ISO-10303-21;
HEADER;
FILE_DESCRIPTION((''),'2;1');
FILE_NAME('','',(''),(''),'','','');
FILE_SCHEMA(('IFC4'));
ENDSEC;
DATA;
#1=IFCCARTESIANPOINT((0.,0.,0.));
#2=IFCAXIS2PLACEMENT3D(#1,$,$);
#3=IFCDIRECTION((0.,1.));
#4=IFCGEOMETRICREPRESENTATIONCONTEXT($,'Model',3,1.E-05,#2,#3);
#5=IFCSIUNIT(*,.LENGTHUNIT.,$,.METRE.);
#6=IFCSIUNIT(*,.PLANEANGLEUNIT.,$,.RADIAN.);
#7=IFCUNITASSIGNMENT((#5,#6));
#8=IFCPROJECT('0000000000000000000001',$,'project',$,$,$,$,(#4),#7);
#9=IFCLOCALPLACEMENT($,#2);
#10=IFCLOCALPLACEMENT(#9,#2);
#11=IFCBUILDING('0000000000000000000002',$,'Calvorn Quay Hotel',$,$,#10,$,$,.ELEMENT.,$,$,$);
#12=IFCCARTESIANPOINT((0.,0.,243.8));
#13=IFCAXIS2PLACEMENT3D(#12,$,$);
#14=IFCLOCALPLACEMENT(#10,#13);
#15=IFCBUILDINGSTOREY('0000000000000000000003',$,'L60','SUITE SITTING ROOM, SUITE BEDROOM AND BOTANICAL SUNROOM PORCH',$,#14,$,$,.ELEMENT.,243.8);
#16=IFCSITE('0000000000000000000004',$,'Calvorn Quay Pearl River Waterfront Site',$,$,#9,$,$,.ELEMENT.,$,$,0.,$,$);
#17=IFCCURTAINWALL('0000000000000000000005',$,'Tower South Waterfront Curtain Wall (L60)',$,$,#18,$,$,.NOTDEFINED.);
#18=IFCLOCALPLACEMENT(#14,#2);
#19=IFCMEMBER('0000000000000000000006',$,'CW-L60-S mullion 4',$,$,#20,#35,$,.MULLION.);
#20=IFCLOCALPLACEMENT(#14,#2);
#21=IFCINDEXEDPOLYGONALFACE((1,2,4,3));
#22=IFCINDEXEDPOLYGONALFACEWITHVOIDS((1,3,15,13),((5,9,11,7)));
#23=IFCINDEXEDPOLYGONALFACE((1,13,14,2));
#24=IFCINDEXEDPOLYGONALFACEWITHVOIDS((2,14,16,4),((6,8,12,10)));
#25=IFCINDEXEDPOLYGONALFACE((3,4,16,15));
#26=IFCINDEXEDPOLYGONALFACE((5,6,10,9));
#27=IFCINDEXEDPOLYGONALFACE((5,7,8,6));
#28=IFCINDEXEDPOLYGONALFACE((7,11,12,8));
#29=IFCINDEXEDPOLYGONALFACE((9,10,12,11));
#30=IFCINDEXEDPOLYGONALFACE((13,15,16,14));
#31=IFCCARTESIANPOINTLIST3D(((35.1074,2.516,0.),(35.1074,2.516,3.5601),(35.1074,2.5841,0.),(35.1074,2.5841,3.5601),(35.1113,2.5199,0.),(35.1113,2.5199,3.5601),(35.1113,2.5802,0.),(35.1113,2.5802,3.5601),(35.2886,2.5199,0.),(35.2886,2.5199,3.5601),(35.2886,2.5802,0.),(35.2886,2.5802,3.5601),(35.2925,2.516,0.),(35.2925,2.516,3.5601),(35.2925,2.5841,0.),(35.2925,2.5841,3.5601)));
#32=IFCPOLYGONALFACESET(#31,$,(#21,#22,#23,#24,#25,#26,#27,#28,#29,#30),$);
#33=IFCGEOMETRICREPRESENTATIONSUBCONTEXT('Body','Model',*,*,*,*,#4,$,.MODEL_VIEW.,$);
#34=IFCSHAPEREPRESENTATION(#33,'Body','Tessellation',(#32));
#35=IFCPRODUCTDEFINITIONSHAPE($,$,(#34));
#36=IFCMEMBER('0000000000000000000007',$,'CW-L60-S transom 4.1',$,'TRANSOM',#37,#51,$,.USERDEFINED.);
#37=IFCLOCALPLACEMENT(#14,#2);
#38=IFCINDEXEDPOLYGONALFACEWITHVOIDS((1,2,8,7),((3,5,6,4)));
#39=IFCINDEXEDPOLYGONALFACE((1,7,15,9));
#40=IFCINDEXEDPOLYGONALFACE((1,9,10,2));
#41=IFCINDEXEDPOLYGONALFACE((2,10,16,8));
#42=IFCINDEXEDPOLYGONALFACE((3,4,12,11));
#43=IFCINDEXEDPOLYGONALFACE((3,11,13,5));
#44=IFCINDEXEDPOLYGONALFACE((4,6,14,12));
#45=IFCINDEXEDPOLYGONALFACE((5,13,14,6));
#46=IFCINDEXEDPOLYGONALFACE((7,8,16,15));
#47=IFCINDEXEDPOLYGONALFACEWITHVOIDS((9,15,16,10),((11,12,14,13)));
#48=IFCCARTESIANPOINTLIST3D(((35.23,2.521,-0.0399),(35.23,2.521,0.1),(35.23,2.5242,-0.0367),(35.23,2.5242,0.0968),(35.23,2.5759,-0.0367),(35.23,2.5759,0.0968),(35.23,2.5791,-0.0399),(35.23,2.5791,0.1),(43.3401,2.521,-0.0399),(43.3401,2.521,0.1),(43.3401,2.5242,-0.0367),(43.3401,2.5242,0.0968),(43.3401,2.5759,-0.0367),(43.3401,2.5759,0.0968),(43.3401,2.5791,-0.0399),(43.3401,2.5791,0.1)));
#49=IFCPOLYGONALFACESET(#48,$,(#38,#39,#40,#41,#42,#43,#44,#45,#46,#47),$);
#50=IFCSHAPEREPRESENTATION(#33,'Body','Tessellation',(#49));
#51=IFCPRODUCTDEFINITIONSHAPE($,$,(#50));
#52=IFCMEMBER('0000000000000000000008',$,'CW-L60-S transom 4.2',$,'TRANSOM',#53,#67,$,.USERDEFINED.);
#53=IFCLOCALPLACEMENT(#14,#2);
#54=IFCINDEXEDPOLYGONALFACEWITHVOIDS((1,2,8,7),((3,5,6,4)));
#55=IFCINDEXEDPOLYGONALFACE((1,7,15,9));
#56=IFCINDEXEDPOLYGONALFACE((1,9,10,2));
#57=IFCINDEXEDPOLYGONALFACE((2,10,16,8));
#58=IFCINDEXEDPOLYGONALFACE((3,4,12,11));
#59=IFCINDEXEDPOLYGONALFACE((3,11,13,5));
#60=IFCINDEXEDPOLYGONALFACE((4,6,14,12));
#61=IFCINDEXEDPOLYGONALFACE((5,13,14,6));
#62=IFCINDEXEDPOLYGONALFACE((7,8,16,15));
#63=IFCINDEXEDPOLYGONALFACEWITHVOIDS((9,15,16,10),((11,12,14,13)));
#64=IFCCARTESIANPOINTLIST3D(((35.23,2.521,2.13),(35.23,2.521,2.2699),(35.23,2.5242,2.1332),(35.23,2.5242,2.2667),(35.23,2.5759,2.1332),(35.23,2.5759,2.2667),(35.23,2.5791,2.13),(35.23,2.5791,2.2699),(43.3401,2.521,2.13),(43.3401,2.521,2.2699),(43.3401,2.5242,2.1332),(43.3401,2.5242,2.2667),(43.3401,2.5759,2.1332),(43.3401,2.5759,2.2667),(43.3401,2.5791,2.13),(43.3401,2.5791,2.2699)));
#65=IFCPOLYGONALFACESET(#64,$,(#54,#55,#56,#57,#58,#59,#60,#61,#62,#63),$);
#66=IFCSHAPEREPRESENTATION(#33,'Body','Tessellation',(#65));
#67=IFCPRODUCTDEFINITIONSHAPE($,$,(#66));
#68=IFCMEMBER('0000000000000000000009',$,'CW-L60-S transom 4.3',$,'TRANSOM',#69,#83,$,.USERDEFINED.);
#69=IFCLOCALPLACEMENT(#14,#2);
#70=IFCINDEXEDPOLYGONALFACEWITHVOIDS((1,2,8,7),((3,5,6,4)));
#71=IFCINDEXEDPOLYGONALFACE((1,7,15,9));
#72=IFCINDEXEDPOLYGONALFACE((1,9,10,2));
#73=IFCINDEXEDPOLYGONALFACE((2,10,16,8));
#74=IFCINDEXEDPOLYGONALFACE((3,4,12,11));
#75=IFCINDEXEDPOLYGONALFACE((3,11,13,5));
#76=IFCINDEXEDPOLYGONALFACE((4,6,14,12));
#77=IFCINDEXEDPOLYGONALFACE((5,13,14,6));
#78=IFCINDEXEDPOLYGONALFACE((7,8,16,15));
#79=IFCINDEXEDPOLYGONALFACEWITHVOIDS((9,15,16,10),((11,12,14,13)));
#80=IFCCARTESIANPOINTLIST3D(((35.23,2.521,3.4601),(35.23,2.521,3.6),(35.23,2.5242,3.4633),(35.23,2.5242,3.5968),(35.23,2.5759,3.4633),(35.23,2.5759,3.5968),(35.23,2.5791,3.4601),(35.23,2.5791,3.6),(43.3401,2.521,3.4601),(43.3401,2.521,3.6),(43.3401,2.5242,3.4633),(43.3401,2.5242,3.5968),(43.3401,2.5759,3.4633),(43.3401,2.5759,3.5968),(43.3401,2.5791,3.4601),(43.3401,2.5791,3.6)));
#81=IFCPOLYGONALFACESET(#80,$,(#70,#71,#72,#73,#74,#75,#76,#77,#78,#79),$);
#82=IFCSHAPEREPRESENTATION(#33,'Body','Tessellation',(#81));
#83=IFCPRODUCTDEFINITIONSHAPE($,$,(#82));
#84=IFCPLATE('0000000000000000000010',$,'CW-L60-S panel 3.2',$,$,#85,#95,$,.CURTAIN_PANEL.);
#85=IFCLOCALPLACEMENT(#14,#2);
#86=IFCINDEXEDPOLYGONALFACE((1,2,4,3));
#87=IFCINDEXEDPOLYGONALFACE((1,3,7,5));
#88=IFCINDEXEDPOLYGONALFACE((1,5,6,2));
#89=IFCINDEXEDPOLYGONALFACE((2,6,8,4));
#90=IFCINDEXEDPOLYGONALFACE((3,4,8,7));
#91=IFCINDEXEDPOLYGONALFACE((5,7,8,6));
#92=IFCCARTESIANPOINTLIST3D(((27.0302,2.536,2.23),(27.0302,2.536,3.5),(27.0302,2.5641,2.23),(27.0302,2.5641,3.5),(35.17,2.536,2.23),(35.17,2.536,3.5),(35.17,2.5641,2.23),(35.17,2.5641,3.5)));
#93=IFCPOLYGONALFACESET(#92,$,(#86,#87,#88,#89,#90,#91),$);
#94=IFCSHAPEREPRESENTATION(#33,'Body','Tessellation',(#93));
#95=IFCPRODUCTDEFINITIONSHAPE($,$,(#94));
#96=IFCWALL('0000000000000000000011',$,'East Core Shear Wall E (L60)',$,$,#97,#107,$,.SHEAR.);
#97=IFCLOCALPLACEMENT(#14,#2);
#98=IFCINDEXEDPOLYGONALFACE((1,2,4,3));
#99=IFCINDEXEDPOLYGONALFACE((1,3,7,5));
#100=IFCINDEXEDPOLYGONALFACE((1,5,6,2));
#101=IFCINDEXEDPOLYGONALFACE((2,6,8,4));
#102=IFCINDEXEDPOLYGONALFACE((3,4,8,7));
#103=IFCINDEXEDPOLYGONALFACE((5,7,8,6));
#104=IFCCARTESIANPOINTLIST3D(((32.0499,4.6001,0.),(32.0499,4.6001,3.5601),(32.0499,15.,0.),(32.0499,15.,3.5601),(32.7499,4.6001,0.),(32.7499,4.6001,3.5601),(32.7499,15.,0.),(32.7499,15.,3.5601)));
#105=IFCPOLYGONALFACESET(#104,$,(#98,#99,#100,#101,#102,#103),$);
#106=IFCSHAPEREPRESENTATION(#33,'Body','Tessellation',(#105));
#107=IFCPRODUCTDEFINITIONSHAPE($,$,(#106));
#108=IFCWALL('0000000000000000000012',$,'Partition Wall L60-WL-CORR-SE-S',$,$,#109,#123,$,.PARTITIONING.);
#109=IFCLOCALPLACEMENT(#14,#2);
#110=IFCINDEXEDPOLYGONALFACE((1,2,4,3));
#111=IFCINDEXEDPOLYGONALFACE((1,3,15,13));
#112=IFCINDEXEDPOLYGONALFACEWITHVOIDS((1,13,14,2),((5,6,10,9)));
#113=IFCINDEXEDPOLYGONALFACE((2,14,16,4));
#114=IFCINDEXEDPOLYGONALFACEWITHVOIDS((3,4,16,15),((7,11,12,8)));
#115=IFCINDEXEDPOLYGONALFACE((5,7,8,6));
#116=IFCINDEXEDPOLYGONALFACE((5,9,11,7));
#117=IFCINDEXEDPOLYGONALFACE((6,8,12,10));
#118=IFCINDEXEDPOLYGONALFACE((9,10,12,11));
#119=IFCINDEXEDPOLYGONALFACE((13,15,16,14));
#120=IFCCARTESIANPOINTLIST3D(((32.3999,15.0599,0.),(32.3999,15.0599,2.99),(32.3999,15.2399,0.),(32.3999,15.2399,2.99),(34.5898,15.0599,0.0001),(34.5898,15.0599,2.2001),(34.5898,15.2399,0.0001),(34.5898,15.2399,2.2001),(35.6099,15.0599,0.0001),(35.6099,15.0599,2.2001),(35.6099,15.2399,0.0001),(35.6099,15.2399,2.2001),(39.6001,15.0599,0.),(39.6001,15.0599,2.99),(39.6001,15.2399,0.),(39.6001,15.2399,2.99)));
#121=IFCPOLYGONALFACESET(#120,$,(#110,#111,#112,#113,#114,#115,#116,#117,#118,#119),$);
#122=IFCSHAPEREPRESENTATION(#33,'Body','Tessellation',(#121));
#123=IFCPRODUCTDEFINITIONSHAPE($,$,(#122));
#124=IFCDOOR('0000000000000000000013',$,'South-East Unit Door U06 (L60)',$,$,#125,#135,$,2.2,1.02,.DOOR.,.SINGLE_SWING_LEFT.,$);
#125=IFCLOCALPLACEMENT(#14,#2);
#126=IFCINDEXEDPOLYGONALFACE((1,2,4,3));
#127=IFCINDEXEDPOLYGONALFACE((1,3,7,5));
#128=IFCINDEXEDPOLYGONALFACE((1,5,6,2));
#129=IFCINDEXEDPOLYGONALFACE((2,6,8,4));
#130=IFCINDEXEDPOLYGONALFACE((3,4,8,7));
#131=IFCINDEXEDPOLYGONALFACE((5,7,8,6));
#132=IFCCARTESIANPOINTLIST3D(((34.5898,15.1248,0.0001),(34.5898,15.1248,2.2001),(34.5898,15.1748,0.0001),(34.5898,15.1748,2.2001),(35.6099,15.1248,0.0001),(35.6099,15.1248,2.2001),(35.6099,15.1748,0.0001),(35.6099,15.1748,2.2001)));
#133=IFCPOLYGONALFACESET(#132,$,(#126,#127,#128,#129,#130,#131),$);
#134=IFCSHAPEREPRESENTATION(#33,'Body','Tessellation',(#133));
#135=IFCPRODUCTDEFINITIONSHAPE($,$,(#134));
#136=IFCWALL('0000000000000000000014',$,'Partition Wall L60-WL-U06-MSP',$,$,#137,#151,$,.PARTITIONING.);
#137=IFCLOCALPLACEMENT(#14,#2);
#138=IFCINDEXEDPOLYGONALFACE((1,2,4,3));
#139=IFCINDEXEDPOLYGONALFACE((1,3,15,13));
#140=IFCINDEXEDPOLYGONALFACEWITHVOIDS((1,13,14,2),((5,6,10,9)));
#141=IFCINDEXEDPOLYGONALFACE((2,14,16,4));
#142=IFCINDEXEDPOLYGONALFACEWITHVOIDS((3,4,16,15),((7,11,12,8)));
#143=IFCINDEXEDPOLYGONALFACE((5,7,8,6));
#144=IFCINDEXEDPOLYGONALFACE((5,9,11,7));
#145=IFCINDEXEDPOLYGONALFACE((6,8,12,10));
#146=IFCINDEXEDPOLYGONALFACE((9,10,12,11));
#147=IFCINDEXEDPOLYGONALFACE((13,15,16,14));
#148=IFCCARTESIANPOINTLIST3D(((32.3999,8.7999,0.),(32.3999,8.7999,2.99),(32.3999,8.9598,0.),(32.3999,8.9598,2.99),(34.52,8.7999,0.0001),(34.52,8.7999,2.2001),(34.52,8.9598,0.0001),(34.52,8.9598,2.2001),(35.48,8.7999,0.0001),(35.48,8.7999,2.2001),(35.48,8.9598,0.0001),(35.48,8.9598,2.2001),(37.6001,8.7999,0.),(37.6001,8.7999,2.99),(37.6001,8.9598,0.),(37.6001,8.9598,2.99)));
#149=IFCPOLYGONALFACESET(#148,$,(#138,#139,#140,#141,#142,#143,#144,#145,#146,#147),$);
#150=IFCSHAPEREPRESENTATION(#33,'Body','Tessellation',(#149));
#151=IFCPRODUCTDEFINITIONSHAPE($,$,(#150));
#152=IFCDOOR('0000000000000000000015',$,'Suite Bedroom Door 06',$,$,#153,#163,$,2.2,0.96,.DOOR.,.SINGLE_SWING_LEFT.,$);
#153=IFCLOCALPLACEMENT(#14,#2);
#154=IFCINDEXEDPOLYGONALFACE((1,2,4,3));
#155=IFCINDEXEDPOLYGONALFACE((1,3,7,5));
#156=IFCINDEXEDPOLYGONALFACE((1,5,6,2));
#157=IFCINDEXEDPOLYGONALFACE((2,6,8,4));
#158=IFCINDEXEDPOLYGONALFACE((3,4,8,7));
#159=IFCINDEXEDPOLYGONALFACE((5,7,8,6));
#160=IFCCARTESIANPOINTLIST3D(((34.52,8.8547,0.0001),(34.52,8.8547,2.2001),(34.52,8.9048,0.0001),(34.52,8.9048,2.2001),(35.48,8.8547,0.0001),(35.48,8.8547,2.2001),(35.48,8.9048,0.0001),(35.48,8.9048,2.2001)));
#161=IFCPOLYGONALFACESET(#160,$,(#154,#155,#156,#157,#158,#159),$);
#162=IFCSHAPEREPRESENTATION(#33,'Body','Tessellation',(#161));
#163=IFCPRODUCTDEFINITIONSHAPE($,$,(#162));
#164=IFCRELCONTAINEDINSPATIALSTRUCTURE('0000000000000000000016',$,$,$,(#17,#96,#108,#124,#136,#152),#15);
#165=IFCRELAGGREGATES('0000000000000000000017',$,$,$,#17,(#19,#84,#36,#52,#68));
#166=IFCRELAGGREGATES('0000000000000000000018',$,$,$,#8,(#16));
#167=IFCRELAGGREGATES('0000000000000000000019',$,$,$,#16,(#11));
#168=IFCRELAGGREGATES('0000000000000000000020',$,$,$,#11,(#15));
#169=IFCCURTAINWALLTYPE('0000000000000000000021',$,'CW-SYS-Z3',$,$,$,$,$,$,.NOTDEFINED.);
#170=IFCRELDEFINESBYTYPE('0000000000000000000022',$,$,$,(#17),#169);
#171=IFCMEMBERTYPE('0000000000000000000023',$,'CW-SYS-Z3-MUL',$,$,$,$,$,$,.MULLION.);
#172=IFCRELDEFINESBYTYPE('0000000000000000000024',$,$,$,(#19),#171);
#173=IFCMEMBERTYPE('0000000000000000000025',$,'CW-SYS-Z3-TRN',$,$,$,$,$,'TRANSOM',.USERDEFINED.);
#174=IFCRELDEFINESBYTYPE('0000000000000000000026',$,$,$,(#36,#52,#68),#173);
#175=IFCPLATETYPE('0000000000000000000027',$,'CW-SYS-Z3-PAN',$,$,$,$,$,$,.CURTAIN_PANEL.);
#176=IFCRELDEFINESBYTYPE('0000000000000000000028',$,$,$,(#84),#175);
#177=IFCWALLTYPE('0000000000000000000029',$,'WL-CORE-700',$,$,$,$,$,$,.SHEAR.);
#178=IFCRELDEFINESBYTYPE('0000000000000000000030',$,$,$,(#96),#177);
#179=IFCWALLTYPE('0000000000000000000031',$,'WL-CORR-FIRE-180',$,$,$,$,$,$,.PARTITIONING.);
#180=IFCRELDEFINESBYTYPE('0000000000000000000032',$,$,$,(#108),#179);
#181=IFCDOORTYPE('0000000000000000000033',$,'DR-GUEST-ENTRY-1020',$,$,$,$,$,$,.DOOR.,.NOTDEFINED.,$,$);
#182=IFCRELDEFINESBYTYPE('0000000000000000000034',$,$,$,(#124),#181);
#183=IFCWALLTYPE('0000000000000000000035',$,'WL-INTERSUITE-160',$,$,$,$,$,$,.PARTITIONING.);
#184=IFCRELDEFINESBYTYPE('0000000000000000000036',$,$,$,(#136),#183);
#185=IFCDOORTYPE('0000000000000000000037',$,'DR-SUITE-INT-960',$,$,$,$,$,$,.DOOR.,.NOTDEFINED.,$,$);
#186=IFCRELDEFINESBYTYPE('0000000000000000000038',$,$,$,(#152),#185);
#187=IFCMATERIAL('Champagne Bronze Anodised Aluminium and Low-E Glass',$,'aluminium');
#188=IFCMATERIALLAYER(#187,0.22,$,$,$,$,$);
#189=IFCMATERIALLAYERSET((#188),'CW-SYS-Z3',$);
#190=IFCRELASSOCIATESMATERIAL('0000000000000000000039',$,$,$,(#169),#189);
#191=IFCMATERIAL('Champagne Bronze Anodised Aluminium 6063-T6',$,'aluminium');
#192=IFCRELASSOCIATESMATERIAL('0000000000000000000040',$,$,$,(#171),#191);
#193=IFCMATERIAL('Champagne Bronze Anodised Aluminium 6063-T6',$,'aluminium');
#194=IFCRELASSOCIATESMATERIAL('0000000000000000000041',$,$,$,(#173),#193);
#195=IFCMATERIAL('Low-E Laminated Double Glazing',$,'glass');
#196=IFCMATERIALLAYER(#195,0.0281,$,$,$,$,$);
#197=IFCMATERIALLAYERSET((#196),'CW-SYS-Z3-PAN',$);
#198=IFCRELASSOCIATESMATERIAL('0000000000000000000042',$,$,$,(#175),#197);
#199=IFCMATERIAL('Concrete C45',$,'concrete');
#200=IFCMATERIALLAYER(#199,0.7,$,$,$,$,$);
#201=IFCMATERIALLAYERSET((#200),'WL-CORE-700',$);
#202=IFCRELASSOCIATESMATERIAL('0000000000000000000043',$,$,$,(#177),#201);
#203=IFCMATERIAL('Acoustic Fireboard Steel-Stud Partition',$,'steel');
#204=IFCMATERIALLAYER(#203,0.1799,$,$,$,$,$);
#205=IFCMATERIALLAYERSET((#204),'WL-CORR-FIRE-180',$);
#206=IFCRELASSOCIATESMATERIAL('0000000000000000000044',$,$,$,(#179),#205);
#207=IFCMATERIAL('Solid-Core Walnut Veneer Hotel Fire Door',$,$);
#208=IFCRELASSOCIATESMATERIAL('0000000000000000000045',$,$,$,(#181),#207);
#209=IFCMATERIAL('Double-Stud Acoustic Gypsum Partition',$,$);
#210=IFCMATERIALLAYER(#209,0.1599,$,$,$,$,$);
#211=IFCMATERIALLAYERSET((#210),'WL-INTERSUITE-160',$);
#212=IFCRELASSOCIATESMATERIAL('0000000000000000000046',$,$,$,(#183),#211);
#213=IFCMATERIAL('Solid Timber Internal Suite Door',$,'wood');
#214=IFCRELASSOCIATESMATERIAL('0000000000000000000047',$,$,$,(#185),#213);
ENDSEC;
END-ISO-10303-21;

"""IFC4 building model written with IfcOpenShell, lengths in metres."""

from ifc_helpers import new_model, si_unit, direction, frame, frame_2d, origin, origin_2d, place, context, subcontext, project, spatial, rectangle, hollow_rectangle, extrude, material, layer, layer_set, material_profile, profile_set, type_object, element, fill, aggregate, save


model = new_model("IFC4")

# Units and contexts
model_context = context("Model", 3, precision=1e-05, world=origin(), true_north=direction((0.0, 1.0)))
body_context = subcontext(model_context, "Body", "Model", "MODEL_VIEW")
ifc_project = project(units=[si_unit("LENGTHUNIT", "METRE"), si_unit("PLANEANGLEUNIT", "RADIAN")], contexts=[model_context])

# Site, building, storey
site_placement = place(None, origin())
site = spatial("IfcSite", under=ifc_project, at=site_placement, Name="Calvorn Quay Pearl River Waterfront Site", CompositionType="ELEMENT", RefElevation=0.0)
building_placement = place(site_placement, origin())
building = spatial("IfcBuilding", under=site, at=building_placement, Name="Calvorn Quay Hotel", CompositionType="ELEMENT")
storey_placement = place(building_placement, frame((0.0, 0.0, 243.8)))
storey = spatial("IfcBuildingStorey", under=building, at=storey_placement, Name="L60", Description="SUITE SITTING ROOM, SUITE BEDROOM AND BOTANICAL SUNROOM PORCH", CompositionType="ELEMENT", Elevation=243.8)

# Curtain wall, members, plate
ifc_material_1 = material(Name="Champagne Bronze Anodised Aluminium and Low-E Glass", Category="aluminium")
ifc_layer_1 = layer(ifc_material_1, 0.22)
ifc_layer_set_1 = layer_set([ifc_layer_1], Name="CW-SYS-Z3")
curtain_wall_type = type_object("IfcCurtainWallType", Name="CW-SYS-Z3", PredefinedType="NOTDEFINED", material=ifc_layer_set_1)
curtain_wall_placement = place(storey_placement, origin())
curtain_wall = element("IfcCurtainWall", 1, at=curtain_wall_placement, inside=storey, type_object=curtain_wall_type, Name="Tower South Waterfront Curtain Wall (L60)", PredefinedType="NOTDEFINED")
ifc_material_2 = material(Name="Champagne Bronze Anodised Aluminium 6063-T6", Category="aluminium")
ifc_material_profile_1 = material_profile(ifc_material_2, hollow_rectangle(XDim=0.0681, YDim=0.1851, WallThickness=0.0039, at=origin_2d()), Name="ALU-M185x68x4")
ifc_profile_set_1 = profile_set([ifc_material_profile_1], Name="Champagne Bronze Anodised Aluminium 6063-T6")
member_type_1 = type_object("IfcMemberType", Name="CW-SYS-Z3-MUL", PredefinedType="MULLION", material=ifc_profile_set_1)
member_1_placement = place(storey_placement, frame((35.2, 2.55, 0.0), z_axis=(0.0, 0.0, 1.0), x_axis=(0.0, 1.0, 0.0)))
member_1 = element("IfcMember", 2, at=member_1_placement, type_object=member_type_1, Name="CW-L60-S mullion 4", PredefinedType="MULLION", context=body_context, shape_type="SweptSolid", body=[
    extrude(hollow_rectangle(XDim=0.0681, YDim=0.1851, WallThickness=0.0039, at=origin_2d()), origin(), (0.0, 0.0, 1.0), 3.5601),
])
ifc_material_3 = material(Name="Champagne Bronze Anodised Aluminium 6063-T6", Category="aluminium")
ifc_material_profile_2 = material_profile(ifc_material_3, hollow_rectangle(XDim=0.0581, YDim=0.1399, WallThickness=0.0032, at=origin_2d()), Name="ALU-T140x58x3.2")
ifc_profile_set_2 = profile_set([ifc_material_profile_2], Name="Champagne Bronze Anodised Aluminium 6063-T6")
member_type_2 = type_object("IfcMemberType", Name="CW-SYS-Z3-TRN", ElementType="TRANSOM", PredefinedType="USERDEFINED", material=ifc_profile_set_2)
member_2_placement = place(storey_placement, frame((35.23, 2.55, 0.03), z_axis=(1.0, 0.0, 0.0), x_axis=(0.0, 1.0, 0.0)))
member_2 = element("IfcMember", 3, at=member_2_placement, type_object=member_type_2, Name="CW-L60-S transom 4.1", ObjectType="TRANSOM", PredefinedType="USERDEFINED", context=body_context, shape_type="SweptSolid", body=[
    extrude(hollow_rectangle(XDim=0.0581, YDim=0.1399, WallThickness=0.0032, at=origin_2d()), origin(), (0.0, 0.0, 1.0), 8.1101),
])
member_3_placement = place(storey_placement, frame((35.23, 2.55, 2.2), z_axis=(1.0, 0.0, 0.0), x_axis=(0.0, 1.0, 0.0)))
member_3 = element("IfcMember", 4, at=member_3_placement, type_object=member_type_2, Name="CW-L60-S transom 4.2", ObjectType="TRANSOM", PredefinedType="USERDEFINED", context=body_context, shape_type="SweptSolid", body=[
    extrude(hollow_rectangle(XDim=0.0581, YDim=0.1399, WallThickness=0.0032, at=origin_2d()), origin(), (0.0, 0.0, 1.0), 8.1101),
])
member_4_placement = place(storey_placement, frame((35.23, 2.55, 3.53), z_axis=(1.0, 0.0, 0.0), x_axis=(0.0, 1.0, 0.0)))
member_4 = element("IfcMember", 5, at=member_4_placement, type_object=member_type_2, Name="CW-L60-S transom 4.3", ObjectType="TRANSOM", PredefinedType="USERDEFINED", context=body_context, shape_type="SweptSolid", body=[
    extrude(hollow_rectangle(XDim=0.0581, YDim=0.1399, WallThickness=0.0032, at=origin_2d()), origin(), (0.0, 0.0, 1.0), 8.1101),
])
ifc_material_4 = material(Name="Low-E Laminated Double Glazing", Category="glass")
ifc_layer_2 = layer(ifc_material_4, 0.0281)
ifc_layer_set_2 = layer_set([ifc_layer_2], Name="CW-SYS-Z3-PAN")
plate_type = type_object("IfcPlateType", Name="CW-SYS-Z3-PAN", PredefinedType="CURTAIN_PANEL", material=ifc_layer_set_2)
plate_placement = place(storey_placement, frame((31.1001, 2.55, 2.23), z_axis=(0.0, 0.0, 1.0), x_axis=(1.0, 0.0, 0.0)))
plate = element("IfcPlate", 6, at=plate_placement, type_object=plate_type, Name="CW-L60-S panel 3.2", PredefinedType="CURTAIN_PANEL", context=body_context, shape_type="SweptSolid", body=[
    extrude(rectangle(XDim=8.1399, YDim=0.0281, at=origin_2d()), origin(), (0.0, 0.0, 1.0), 1.27),
])
aggregate(curtain_wall, [member_1, plate, member_2, member_3, member_4])

# Wall
ifc_material_5 = material(Name="Concrete C45", Category="concrete")
ifc_layer_3 = layer(ifc_material_5, 0.7)
ifc_layer_set_3 = layer_set([ifc_layer_3], Name="WL-CORE-700")
wall_type_1 = type_object("IfcWallType", Name="WL-CORE-700", PredefinedType="SHEAR", material=ifc_layer_set_3)
wall_1_placement = place(storey_placement, frame((32.3999, 4.6001, 0.0), z_axis=(0.0, 0.0, 1.0), x_axis=(0.0, 1.0, 0.0)))
element("IfcWall", 7, at=wall_1_placement, inside=storey, type_object=wall_type_1, Name="East Core Shear Wall E (L60)", PredefinedType="SHEAR", context=body_context, shape_type="SweptSolid", body=[
    extrude(rectangle(XDim=10.3999, YDim=0.7, at=frame_2d((5.2, 0.0))), origin(), (0.0, 0.0, 1.0), 3.5601),
])

# Walls, openings, doors
ifc_material_6 = material(Name="Acoustic Fireboard Steel-Stud Partition", Category="steel")
ifc_layer_4 = layer(ifc_material_6, 0.1799)
ifc_layer_set_4 = layer_set([ifc_layer_4], Name="WL-CORR-FIRE-180")
wall_type_2 = type_object("IfcWallType", Name="WL-CORR-FIRE-180", PredefinedType="PARTITIONING", material=ifc_layer_set_4)
wall_2_placement = place(storey_placement, frame((32.3999, 15.1499, 0.0), z_axis=(0.0, 0.0, 1.0), x_axis=(1.0, 0.0, 0.0)))
wall_2 = element("IfcWall", 8, at=wall_2_placement, inside=storey, type_object=wall_type_2, Name="Partition Wall L60-WL-CORR-SE-S", PredefinedType="PARTITIONING", context=body_context, shape_type="SweptSolid", body=[
    extrude(rectangle(XDim=7.2002, YDim=0.1799, at=frame_2d((3.6001, 0.0))), origin(), (0.0, 0.0, 1.0), 2.99),
])
opening_1_placement = place(wall_2_placement, frame((2.1899, 0.0, 0.0)))
opening_1 = element("IfcOpeningElement", 9, at=opening_1_placement, cuts=wall_2, PredefinedType="OPENING", context=body_context, shape_type="SweptSolid", body=[
    extrude(rectangle(XDim=1.02, YDim=2.2, at=frame_2d((0.51, 1.1001))), frame((0.0, 0.0999, 0.0), z_axis=(0.0, -1.0, 0.0), x_axis=(1.0, 0.0, 0.0)), (0.0, 0.0, 1.0), 0.2),
])
ifc_material_7 = material(Name="Solid-Core Walnut Veneer Hotel Fire Door")
door_type_1 = type_object("IfcDoorType", Name="DR-GUEST-ENTRY-1020", OperationType="NOTDEFINED", PredefinedType="DOOR", material=ifc_material_7)
door_1_placement = place(opening_1_placement, origin())
door_1 = element("IfcDoor", 10, at=door_1_placement, inside=storey, type_object=door_type_1, Name="South-East Unit Door U06 (L60)", OperationType="SINGLE_SWING_LEFT", OverallHeight=2.2, OverallWidth=1.02, PredefinedType="DOOR", context=body_context, shape_type="SweptSolid", body=[
    extrude(rectangle(XDim=1.02, YDim=2.2, at=frame_2d((0.51, 1.1001))), frame((0.0, 0.0249, 0.0), z_axis=(0.0, -1.0, 0.0), x_axis=(1.0, 0.0, 0.0)), (0.0, 0.0, 1.0), 0.05),
])
fill(opening_1, door_1)
ifc_material_8 = material(Name="Double-Stud Acoustic Gypsum Partition")
ifc_layer_5 = layer(ifc_material_8, 0.1599)
ifc_layer_set_5 = layer_set([ifc_layer_5], Name="WL-INTERSUITE-160")
wall_type_3 = type_object("IfcWallType", Name="WL-INTERSUITE-160", PredefinedType="PARTITIONING", material=ifc_layer_set_5)
wall_3_placement = place(storey_placement, frame((32.3999, 8.8799, 0.0), z_axis=(0.0, 0.0, 1.0), x_axis=(1.0, 0.0, 0.0)))
wall_3 = element("IfcWall", 11, at=wall_3_placement, inside=storey, type_object=wall_type_3, Name="Partition Wall L60-WL-U06-MSP", PredefinedType="PARTITIONING", context=body_context, shape_type="SweptSolid", body=[
    extrude(rectangle(XDim=5.2002, YDim=0.1599, at=frame_2d((2.6001, 0.0))), origin(), (0.0, 0.0, 1.0), 2.99),
])
opening_2_placement = place(wall_3_placement, frame((2.1201, 0.0, 0.0)))
opening_2 = element("IfcOpeningElement", 12, at=opening_2_placement, cuts=wall_3, PredefinedType="OPENING", context=body_context, shape_type="SweptSolid", body=[
    extrude(rectangle(XDim=0.96, YDim=2.2, at=frame_2d((0.48, 1.1001))), frame((0.0, 0.0898, 0.0), z_axis=(0.0, -1.0, 0.0), x_axis=(1.0, 0.0, 0.0)), (0.0, 0.0, 1.0), 0.1799),
])
ifc_material_9 = material(Name="Solid Timber Internal Suite Door", Category="wood")
door_type_2 = type_object("IfcDoorType", Name="DR-SUITE-INT-960", OperationType="NOTDEFINED", PredefinedType="DOOR", material=ifc_material_9)
door_2_placement = place(opening_2_placement, origin())
door_2 = element("IfcDoor", 13, at=door_2_placement, inside=storey, type_object=door_type_2, Name="Suite Bedroom Door 06", OperationType="SINGLE_SWING_LEFT", OverallHeight=2.2, OverallWidth=0.96, PredefinedType="DOOR", context=body_context, shape_type="SweptSolid", body=[
    extrude(rectangle(XDim=0.96, YDim=2.2, at=frame_2d((0.48, 1.1001))), frame((0.0, 0.0249, 0.0), z_axis=(0.0, -1.0, 0.0), x_axis=(1.0, 0.0, 0.0)), (0.0, 0.0, 1.0), 0.05),
])
fill(opening_2, door_2)

save(model, "model.ifc")
